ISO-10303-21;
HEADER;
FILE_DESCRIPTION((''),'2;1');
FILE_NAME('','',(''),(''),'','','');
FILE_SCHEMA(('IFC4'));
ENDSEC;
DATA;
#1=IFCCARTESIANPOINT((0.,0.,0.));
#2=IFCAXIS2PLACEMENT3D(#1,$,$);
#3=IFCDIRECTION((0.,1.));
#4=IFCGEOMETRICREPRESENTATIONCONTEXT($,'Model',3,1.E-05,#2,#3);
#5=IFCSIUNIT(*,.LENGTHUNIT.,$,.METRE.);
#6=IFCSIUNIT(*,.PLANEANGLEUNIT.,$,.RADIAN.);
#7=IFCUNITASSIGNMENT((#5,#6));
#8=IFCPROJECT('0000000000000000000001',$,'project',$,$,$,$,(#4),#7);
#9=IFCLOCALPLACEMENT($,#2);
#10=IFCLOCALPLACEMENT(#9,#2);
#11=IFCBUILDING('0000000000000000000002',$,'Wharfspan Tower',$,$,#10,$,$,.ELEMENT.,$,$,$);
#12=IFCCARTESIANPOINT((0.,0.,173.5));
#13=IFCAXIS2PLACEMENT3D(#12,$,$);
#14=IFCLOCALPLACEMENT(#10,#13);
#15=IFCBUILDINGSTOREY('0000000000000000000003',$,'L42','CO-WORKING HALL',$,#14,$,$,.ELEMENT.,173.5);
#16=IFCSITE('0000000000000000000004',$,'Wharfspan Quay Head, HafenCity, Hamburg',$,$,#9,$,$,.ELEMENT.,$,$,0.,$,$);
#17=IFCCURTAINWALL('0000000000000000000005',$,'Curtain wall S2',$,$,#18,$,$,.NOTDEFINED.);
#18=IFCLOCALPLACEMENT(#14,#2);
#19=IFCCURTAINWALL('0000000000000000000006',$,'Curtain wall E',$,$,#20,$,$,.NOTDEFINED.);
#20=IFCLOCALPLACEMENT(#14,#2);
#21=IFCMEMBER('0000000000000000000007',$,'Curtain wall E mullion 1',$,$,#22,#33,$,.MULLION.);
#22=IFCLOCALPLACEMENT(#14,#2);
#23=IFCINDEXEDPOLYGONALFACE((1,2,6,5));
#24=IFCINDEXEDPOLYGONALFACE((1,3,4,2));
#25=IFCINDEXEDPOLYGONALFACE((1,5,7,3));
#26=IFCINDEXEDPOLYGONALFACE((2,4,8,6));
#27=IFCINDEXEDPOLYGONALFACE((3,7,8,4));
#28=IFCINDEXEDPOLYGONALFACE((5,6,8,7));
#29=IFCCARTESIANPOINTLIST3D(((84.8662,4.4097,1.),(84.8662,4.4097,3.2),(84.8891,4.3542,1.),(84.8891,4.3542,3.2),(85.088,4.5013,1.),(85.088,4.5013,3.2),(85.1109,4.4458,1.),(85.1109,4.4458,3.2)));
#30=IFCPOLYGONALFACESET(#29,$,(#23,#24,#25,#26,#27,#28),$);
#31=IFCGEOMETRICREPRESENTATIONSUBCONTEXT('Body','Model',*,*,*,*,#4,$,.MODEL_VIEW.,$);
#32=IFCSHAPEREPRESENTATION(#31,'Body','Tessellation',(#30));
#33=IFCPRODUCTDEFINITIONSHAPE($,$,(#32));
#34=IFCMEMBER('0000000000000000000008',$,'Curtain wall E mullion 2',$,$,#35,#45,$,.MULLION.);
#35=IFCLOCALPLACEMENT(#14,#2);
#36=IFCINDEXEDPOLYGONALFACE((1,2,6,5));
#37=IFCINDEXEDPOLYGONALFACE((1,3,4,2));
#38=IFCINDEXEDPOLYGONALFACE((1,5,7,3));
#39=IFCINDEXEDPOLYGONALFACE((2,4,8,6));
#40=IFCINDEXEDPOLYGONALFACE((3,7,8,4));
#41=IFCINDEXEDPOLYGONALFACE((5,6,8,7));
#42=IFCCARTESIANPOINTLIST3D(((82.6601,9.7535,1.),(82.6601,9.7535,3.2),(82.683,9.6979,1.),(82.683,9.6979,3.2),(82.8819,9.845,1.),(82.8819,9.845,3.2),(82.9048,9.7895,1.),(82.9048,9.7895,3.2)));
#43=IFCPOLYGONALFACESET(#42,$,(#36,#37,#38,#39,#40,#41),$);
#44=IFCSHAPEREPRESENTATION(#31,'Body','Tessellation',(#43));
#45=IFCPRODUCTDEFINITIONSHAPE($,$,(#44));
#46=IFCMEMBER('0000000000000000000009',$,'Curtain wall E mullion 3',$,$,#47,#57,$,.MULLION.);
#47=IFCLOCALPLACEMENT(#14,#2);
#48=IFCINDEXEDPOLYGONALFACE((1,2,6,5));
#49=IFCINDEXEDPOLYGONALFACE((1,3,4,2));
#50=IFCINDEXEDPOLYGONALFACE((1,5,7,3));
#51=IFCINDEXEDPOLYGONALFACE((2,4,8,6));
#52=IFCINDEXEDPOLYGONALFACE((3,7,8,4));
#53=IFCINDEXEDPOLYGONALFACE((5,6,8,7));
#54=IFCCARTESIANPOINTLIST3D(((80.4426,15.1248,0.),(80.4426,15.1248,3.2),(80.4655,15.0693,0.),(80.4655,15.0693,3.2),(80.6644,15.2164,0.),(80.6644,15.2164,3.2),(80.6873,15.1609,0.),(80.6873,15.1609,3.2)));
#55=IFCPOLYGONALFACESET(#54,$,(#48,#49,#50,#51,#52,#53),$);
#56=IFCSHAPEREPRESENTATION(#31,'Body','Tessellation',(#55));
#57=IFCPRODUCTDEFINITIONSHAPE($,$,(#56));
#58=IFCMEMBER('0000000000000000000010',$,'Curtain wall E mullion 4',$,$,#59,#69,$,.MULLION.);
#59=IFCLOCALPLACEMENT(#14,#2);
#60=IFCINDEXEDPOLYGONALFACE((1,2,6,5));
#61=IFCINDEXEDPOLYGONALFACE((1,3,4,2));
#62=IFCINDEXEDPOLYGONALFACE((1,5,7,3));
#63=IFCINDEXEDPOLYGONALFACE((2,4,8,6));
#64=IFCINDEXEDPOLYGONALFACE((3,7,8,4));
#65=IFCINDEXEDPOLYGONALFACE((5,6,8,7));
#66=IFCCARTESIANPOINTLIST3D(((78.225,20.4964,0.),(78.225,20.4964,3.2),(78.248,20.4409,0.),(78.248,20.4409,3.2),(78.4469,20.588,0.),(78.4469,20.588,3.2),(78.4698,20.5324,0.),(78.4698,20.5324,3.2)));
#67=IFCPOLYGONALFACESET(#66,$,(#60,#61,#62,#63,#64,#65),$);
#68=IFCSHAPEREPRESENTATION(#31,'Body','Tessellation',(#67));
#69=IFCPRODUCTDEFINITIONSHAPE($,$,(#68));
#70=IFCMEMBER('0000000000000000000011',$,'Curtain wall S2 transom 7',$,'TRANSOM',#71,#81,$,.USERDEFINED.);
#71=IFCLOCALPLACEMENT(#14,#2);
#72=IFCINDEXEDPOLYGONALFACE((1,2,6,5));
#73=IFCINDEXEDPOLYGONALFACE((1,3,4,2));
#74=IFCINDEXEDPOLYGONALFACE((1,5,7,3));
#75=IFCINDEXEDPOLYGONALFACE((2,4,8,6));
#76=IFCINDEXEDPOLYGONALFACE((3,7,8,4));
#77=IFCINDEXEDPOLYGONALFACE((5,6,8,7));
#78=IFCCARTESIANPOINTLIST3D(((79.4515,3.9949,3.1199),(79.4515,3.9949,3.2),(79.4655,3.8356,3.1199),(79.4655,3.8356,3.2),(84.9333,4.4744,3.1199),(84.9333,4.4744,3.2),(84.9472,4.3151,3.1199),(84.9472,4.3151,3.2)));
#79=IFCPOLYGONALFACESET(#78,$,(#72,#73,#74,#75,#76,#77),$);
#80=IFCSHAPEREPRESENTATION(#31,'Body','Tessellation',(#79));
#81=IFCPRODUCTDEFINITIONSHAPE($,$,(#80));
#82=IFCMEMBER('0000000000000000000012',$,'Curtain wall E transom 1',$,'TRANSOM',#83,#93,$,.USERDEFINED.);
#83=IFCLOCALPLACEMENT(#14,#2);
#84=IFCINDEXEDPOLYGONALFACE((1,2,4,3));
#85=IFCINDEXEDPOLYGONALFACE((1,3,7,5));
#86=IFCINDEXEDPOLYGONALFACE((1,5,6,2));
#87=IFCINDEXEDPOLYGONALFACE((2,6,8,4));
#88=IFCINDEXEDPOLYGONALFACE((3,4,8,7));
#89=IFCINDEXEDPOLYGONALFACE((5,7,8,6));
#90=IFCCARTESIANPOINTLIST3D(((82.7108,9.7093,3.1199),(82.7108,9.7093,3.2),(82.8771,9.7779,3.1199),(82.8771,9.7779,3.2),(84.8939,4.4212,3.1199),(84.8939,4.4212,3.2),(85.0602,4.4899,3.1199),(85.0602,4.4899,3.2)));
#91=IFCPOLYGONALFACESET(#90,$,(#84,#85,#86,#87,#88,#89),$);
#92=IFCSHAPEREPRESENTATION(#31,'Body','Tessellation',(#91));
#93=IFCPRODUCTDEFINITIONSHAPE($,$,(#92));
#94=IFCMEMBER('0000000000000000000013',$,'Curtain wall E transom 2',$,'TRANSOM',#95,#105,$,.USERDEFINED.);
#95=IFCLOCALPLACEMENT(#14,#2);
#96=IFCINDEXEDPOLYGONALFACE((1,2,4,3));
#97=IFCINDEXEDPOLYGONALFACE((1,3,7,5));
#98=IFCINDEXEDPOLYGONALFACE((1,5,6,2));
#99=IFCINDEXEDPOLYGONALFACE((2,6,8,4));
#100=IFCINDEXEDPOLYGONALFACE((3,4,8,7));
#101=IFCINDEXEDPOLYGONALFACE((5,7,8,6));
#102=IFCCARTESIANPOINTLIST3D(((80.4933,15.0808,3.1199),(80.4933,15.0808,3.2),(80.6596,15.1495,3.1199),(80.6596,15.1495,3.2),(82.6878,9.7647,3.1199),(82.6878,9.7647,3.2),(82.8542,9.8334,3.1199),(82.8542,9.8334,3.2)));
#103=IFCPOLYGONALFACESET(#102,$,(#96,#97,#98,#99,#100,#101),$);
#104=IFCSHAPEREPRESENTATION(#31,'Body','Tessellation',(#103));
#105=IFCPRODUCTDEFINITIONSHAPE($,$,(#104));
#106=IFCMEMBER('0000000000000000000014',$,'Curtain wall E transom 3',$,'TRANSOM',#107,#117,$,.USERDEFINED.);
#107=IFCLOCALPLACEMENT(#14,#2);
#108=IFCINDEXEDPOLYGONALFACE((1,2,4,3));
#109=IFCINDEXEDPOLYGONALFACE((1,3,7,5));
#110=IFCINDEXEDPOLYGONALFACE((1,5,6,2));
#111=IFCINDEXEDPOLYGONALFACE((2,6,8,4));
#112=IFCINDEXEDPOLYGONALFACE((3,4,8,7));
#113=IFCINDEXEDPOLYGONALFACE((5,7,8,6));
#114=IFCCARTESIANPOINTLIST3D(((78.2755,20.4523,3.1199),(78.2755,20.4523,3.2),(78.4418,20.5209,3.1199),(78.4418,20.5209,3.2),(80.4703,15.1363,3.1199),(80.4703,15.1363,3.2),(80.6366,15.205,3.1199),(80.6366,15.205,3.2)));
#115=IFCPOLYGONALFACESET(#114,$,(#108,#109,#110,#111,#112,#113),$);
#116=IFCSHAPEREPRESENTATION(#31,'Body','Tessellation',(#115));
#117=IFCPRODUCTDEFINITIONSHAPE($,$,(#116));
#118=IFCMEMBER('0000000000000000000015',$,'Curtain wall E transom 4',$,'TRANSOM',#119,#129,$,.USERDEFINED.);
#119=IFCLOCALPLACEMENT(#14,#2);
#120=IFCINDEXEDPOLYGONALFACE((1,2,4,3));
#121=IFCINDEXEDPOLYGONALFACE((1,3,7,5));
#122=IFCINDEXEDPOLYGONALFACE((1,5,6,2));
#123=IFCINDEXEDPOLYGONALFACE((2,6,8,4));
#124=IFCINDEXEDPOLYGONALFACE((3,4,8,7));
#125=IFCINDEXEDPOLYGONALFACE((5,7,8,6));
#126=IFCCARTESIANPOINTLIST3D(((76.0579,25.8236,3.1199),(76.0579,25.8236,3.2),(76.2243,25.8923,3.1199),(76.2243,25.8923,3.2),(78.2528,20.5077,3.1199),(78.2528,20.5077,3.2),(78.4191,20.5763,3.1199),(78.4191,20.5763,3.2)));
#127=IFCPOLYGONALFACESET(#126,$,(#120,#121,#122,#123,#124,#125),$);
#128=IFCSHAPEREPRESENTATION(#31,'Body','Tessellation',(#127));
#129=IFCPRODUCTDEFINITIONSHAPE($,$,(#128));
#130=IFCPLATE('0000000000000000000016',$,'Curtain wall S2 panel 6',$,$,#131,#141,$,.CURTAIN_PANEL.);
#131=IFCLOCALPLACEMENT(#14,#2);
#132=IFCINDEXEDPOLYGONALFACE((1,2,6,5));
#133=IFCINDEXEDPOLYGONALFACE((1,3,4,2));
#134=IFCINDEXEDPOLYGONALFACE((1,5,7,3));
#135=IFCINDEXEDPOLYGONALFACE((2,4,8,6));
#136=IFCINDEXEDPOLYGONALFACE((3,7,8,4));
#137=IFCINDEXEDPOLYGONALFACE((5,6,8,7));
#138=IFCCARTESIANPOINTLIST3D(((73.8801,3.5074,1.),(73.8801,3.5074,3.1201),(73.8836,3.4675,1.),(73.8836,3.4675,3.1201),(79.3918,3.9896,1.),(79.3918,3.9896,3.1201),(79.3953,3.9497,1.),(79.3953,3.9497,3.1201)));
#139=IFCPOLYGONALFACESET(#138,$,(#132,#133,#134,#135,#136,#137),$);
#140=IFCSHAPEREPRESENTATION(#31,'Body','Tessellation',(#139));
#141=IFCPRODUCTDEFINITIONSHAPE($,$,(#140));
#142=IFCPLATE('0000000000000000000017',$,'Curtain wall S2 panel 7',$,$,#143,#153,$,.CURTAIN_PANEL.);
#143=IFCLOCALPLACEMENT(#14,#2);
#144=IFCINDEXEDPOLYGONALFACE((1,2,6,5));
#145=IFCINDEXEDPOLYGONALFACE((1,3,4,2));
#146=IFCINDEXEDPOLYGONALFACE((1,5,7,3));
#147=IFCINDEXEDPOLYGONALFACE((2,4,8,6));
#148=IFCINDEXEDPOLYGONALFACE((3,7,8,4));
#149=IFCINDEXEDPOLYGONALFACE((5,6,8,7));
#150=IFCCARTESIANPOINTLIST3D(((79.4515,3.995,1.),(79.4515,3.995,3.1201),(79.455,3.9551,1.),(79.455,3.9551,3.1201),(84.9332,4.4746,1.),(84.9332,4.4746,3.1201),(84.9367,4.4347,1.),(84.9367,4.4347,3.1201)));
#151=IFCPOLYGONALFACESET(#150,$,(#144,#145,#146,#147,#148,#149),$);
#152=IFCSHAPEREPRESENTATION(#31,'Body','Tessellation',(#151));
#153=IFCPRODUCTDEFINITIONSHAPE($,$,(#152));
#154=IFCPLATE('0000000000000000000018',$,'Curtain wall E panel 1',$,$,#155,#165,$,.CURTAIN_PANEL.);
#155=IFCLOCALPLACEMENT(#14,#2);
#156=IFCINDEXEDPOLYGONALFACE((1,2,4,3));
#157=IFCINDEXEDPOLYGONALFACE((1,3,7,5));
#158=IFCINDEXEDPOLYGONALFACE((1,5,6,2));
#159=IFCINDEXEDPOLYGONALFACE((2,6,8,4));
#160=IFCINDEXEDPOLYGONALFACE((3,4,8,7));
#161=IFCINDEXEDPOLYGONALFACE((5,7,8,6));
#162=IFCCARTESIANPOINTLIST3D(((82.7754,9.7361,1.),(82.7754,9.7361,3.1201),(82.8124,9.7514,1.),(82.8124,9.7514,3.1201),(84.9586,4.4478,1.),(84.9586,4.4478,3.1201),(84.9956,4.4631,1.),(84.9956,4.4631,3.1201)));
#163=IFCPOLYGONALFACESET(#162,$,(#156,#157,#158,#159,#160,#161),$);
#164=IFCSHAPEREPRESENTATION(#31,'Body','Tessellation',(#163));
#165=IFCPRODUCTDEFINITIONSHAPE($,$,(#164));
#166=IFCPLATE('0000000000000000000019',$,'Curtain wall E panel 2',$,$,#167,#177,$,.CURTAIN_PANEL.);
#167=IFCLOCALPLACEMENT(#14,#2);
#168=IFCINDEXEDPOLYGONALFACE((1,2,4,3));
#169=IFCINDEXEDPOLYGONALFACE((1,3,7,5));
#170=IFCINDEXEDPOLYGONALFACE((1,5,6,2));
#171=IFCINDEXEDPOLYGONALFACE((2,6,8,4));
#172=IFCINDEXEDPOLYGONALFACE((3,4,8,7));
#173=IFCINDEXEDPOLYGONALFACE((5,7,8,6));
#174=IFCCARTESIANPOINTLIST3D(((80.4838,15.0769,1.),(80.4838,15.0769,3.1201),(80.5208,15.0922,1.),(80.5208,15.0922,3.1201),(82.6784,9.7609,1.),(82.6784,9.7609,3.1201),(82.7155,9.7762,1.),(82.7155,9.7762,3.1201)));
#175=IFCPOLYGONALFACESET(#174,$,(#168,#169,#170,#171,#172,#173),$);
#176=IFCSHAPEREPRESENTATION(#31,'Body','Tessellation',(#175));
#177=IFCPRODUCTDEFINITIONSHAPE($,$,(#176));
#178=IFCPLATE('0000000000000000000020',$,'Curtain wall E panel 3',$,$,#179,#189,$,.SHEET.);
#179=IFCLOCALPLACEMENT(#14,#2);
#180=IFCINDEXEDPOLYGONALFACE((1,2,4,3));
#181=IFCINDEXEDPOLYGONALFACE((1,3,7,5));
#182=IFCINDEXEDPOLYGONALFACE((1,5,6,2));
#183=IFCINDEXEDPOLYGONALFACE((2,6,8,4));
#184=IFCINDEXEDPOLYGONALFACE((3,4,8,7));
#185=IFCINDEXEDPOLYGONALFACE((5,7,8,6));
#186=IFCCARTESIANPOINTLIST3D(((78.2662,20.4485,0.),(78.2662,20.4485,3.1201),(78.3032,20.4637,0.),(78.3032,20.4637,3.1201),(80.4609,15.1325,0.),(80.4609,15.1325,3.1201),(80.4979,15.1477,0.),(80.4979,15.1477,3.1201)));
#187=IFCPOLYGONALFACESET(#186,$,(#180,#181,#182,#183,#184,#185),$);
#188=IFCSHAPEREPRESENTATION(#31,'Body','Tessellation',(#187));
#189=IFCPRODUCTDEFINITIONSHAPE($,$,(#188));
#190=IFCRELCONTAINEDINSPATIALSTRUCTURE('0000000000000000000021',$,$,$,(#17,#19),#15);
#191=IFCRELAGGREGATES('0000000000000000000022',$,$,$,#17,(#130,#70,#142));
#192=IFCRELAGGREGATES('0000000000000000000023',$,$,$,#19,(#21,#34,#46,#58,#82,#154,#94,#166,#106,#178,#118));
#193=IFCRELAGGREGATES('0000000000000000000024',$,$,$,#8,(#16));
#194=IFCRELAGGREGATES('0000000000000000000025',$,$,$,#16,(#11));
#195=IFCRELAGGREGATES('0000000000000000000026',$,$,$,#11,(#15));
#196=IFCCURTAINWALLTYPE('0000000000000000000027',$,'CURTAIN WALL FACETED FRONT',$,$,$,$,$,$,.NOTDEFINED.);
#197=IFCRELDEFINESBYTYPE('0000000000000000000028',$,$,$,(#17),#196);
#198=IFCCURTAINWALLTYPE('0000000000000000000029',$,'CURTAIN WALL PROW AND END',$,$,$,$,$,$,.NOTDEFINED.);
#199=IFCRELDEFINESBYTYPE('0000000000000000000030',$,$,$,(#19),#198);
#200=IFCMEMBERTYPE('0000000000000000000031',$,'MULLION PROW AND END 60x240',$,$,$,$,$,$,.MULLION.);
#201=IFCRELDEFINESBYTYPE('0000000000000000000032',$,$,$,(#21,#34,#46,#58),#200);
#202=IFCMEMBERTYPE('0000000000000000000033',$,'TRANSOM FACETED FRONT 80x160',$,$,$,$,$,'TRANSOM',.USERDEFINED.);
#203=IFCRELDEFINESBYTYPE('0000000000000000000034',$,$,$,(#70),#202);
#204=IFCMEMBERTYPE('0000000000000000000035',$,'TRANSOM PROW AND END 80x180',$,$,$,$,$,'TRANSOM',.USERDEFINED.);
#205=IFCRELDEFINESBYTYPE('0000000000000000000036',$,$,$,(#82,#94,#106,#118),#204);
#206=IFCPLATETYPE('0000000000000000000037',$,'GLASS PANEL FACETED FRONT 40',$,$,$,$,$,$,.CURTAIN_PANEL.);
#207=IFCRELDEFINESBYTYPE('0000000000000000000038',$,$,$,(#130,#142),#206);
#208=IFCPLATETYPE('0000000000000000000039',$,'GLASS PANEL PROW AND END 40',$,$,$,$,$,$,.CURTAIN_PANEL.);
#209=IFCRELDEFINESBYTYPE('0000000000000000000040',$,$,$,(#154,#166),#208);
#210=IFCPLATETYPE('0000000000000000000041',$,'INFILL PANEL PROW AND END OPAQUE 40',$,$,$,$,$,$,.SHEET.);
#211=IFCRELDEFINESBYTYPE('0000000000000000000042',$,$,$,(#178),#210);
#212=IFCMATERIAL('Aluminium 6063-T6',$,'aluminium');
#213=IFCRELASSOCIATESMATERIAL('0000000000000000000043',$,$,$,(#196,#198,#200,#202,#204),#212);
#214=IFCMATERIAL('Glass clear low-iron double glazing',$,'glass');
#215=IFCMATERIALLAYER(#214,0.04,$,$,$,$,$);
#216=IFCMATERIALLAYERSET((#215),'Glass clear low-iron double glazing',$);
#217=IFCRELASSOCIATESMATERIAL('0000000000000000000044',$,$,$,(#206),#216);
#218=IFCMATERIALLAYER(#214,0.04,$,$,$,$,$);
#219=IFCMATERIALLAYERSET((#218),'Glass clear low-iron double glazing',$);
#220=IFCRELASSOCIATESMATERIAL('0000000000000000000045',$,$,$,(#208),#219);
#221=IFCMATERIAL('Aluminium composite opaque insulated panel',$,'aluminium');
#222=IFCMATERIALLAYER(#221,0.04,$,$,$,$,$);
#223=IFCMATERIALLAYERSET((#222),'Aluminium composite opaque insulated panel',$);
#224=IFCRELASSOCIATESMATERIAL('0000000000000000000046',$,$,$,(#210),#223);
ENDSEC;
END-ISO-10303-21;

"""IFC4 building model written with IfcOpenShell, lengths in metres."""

from ifc_helpers import new_model, si_unit, direction, frame, origin, origin_2d, place, context, subcontext, project, spatial, rectangle, extrude, material, layer, layer_set, material_profile, profile_set, type_object, element, aggregate, save


model = new_model("IFC4")

# Units and contexts
model_context = context("Model", 3, precision=1e-05, world=origin(), true_north=direction((0.0, 1.0)))
body_context = subcontext(model_context, "Body", "Model", "MODEL_VIEW")
ifc_project = project(units=[si_unit("LENGTHUNIT", "METRE"), si_unit("PLANEANGLEUNIT", "RADIAN")], contexts=[model_context])

# Site, building, storey
site_placement = place(None, origin())
site = spatial("IfcSite", under=ifc_project, at=site_placement, Name="Wharfspan Quay Head, HafenCity, Hamburg", CompositionType="ELEMENT", RefElevation=0.0)
building_placement = place(site_placement, origin())
building = spatial("IfcBuilding", under=site, at=building_placement, Name="Wharfspan Tower", CompositionType="ELEMENT")
storey_placement = place(building_placement, frame((0.0, 0.0, 173.5)))
storey = spatial("IfcBuildingStorey", under=building, at=storey_placement, Name="L42", Description="CO-WORKING HALL", CompositionType="ELEMENT", Elevation=173.5)

# Curtain walls, members
ifc_material_1 = material(Name="Aluminium 6063-T6", Category="aluminium")
curtain_wall_type_1 = type_object("IfcCurtainWallType", Name="CURTAIN WALL FACETED FRONT", PredefinedType="NOTDEFINED", material=ifc_material_1)
curtain_wall_1_placement = place(storey_placement, origin())
curtain_wall_1 = element("IfcCurtainWall", 1, at=curtain_wall_1_placement, inside=storey, type_object=curtain_wall_type_1, Name="Curtain wall S2", PredefinedType="NOTDEFINED")
curtain_wall_type_2 = type_object("IfcCurtainWallType", Name="CURTAIN WALL PROW AND END", PredefinedType="NOTDEFINED", material=ifc_material_1)
curtain_wall_2_placement = place(storey_placement, origin())
curtain_wall_2 = element("IfcCurtainWall", 2, at=curtain_wall_2_placement, inside=storey, type_object=curtain_wall_type_2, Name="Curtain wall E", PredefinedType="NOTDEFINED")
ifc_material_profile_1 = material_profile(ifc_material_1, rectangle(XDim=0.24, YDim=0.0601, at=origin_2d()))
ifc_profile_set_1 = profile_set([ifc_material_profile_1], Name="Aluminium 6063-T6")
member_type_1 = type_object("IfcMemberType", Name="MULLION PROW AND END 60x240", PredefinedType="MULLION", material=ifc_profile_set_1)
member_1_placement = place(storey_placement, frame((84.9885, 4.4277, 1.0), z_axis=(0.0, 0.0, 1.0), x_axis=(-0.924325, -0.381602, 0.0)))
member_1 = element("IfcMember", 3, at=member_1_placement, type_object=member_type_1, Name="Curtain wall E mullion 1", PredefinedType="MULLION", context=body_context, shape_type="SweptSolid", body=[
    extrude(rectangle(XDim=0.24, YDim=0.0601, at=origin_2d()), origin(), (0.0, 0.0, 1.0), 2.2),
])
member_2_placement = place(storey_placement, frame((82.7825, 9.7715, 1.0), z_axis=(0.0, 0.0, 1.0), x_axis=(-0.924325, -0.381602, 0.0)))
member_2 = element("IfcMember", 4, at=member_2_placement, type_object=member_type_1, Name="Curtain wall E mullion 2", PredefinedType="MULLION", context=body_context, shape_type="SweptSolid", body=[
    extrude(rectangle(XDim=0.24, YDim=0.0601, at=origin_2d()), origin(), (0.0, 0.0, 1.0), 2.2),
])
member_3_placement = place(storey_placement, frame((80.5649, 15.1428, 0.0), z_axis=(0.0, 0.0, 1.0), x_axis=(-0.924325, -0.381602, 0.0)))
member_3 = element("IfcMember", 5, at=member_3_placement, type_object=member_type_1, Name="Curtain wall E mullion 3", PredefinedType="MULLION", context=body_context, shape_type="SweptSolid", body=[
    extrude(rectangle(XDim=0.24, YDim=0.0601, at=origin_2d()), origin(), (0.0, 0.0, 1.0), 3.2),
])
member_4_placement = place(storey_placement, frame((78.3474, 20.5144, 0.0), z_axis=(0.0, 0.0, 1.0), x_axis=(-0.924325, -0.381602, 0.0)))
member_4 = element("IfcMember", 6, at=member_4_placement, type_object=member_type_1, Name="Curtain wall E mullion 4", PredefinedType="MULLION", context=body_context, shape_type="SweptSolid", body=[
    extrude(rectangle(XDim=0.24, YDim=0.0601, at=origin_2d()), origin(), (0.0, 0.0, 1.0), 3.2),
])

# Members
ifc_material_profile_2 = material_profile(ifc_material_1, rectangle(XDim=0.1599, YDim=0.0801, at=origin_2d()))
ifc_profile_set_2 = profile_set([ifc_material_profile_2], Name="Aluminium 6063-T6")
member_type_2 = type_object("IfcMemberType", Name="TRANSOM FACETED FRONT 80x160", ElementType="TRANSOM", PredefinedType="USERDEFINED", material=ifc_profile_set_2)
member_5_placement = place(storey_placement, frame((79.4585, 3.9153, 3.1599), z_axis=(0.996196, 0.087139, 0.0), x_axis=(-0.087139, 0.996196, 0.0)))
member_5 = element("IfcMember", 7, at=member_5_placement, type_object=member_type_2, Name="Curtain wall S2 transom 7", ObjectType="TRANSOM", PredefinedType="USERDEFINED", context=body_context, shape_type="SweptSolid", body=[
    extrude(rectangle(XDim=0.1599, YDim=0.0801, at=origin_2d()), origin(), (0.0, 0.0, 1.0), 5.5027),
])
ifc_material_profile_3 = material_profile(ifc_material_1, rectangle(XDim=0.1799, YDim=0.0801, at=origin_2d()))
ifc_profile_set_3 = profile_set([ifc_material_profile_3], Name="Aluminium 6063-T6")
member_type_3 = type_object("IfcMemberType", Name="TRANSOM PROW AND END 80x180", ElementType="TRANSOM", PredefinedType="USERDEFINED", material=ifc_profile_set_3)
member_6_placement = place(storey_placement, frame((84.9771, 4.4556, 3.1599), z_axis=(-0.381595, 0.924329, 0.0), x_axis=(-0.924329, -0.381595, 0.0)))
member_6 = element("IfcMember", 8, at=member_6_placement, type_object=member_type_3, Name="Curtain wall E transom 1", ObjectType="TRANSOM", PredefinedType="USERDEFINED", context=body_context, shape_type="SweptSolid", body=[
    extrude(rectangle(XDim=0.1799, YDim=0.0801, at=origin_2d()), origin(), (0.0, 0.0, 1.0), 5.7209),
])
member_7_placement = place(storey_placement, frame((82.771, 9.7991, 3.1599), z_axis=(-0.381578, 0.924337, 0.0), x_axis=(-0.924337, -0.381578, 0.0)))
member_7 = element("IfcMember", 9, at=member_7_placement, type_object=member_type_3, Name="Curtain wall E transom 2", ObjectType="TRANSOM", PredefinedType="USERDEFINED", context=body_context, shape_type="SweptSolid", body=[
    extrude(rectangle(XDim=0.1799, YDim=0.0801, at=origin_2d()), origin(), (0.0, 0.0, 1.0), 5.7512),
])
member_8_placement = place(storey_placement, frame((80.5535, 15.1707, 3.1599), z_axis=(-0.381629, 0.924315, 0.0), x_axis=(-0.924315, -0.381629, 0.0)))
member_8 = element("IfcMember", 10, at=member_8_placement, type_object=member_type_3, Name="Curtain wall E transom 3", ObjectType="TRANSOM", PredefinedType="USERDEFINED", context=body_context, shape_type="SweptSolid", body=[
    extrude(rectangle(XDim=0.1799, YDim=0.0801, at=origin_2d()), origin(), (0.0, 0.0, 1.0), 5.7512),
])
member_9_placement = place(storey_placement, frame((78.3359, 20.542, 3.1599), z_axis=(-0.381629, 0.924315, 0.0), x_axis=(-0.924315, -0.381629, 0.0)))
member_9 = element("IfcMember", 11, at=member_9_placement, type_object=member_type_3, Name="Curtain wall E transom 4", ObjectType="TRANSOM", PredefinedType="USERDEFINED", context=body_context, shape_type="SweptSolid", body=[
    extrude(rectangle(XDim=0.1799, YDim=0.0801, at=origin_2d()), origin(), (0.0, 0.0, 1.0), 5.7512),
])

# Plates
ifc_material_2 = material(Name="Glass clear low-iron double glazing", Category="glass")
ifc_layer_1 = layer(ifc_material_2, 0.04)
ifc_layer_set_1 = layer_set([ifc_layer_1], Name="Glass clear low-iron double glazing")
plate_type_1 = type_object("IfcPlateType", Name="GLASS PANEL FACETED FRONT 40", PredefinedType="CURTAIN_PANEL", material=ifc_layer_set_1)
plate_1_placement = place(storey_placement, frame((76.6377, 3.7285, 1.0), z_axis=(0.0, 0.0, 1.0), x_axis=(0.996198, 0.087156, 0.0)))
plate_1 = element("IfcPlate", 12, at=plate_1_placement, type_object=plate_type_1, Name="Curtain wall S2 panel 6", PredefinedType="CURTAIN_PANEL", context=body_context, shape_type="SweptSolid", body=[
    extrude(rectangle(XDim=5.5327, YDim=0.04, at=origin_2d()), origin(), (0.0, 0.0, 1.0), 2.1201),
])
plate_2_placement = place(storey_placement, frame((82.1941, 4.2148, 1.0), z_axis=(0.0, 0.0, 1.0), x_axis=(0.996198, 0.087156, 0.0)))
plate_2 = element("IfcPlate", 13, at=plate_2_placement, type_object=plate_type_1, Name="Curtain wall S2 panel 7", PredefinedType="CURTAIN_PANEL", context=body_context, shape_type="SweptSolid", body=[
    extrude(rectangle(XDim=5.5027, YDim=0.04, at=origin_2d()), origin(), (0.0, 0.0, 1.0), 2.1201),
])
aggregate(curtain_wall_1, [plate_1, member_5, plate_2])
ifc_layer_2 = layer(ifc_material_2, 0.04)
ifc_layer_set_2 = layer_set([ifc_layer_2], Name="Glass clear low-iron double glazing")
plate_type_2 = type_object("IfcPlateType", Name="GLASS PANEL PROW AND END 40", PredefinedType="CURTAIN_PANEL", material=ifc_layer_set_2)
plate_3_placement = place(storey_placement, frame((83.8855, 7.0996, 1.0), z_axis=(0.0, 0.0, 1.0), x_axis=(-0.381602, 0.924325, 0.0)))
plate_3 = element("IfcPlate", 14, at=plate_3_placement, type_object=plate_type_2, Name="Curtain wall E panel 1", PredefinedType="CURTAIN_PANEL", context=body_context, shape_type="SweptSolid", body=[
    extrude(rectangle(XDim=5.7212, YDim=0.04, at=origin_2d()), origin(), (0.0, 0.0, 1.0), 2.1201),
])
plate_4_placement = place(storey_placement, frame((81.5996, 12.4265, 1.0), z_axis=(0.0, 0.0, 1.0), x_axis=(-0.381602, 0.924325, 0.0)))
plate_4 = element("IfcPlate", 15, at=plate_4_placement, type_object=plate_type_2, Name="Curtain wall E panel 2", PredefinedType="CURTAIN_PANEL", context=body_context, shape_type="SweptSolid", body=[
    extrude(rectangle(XDim=5.7512, YDim=0.04, at=origin_2d()), origin(), (0.0, 0.0, 1.0), 2.1201),
])
ifc_material_3 = material(Name="Aluminium composite opaque insulated panel", Category="aluminium")
ifc_layer_3 = layer(ifc_material_3, 0.04)
ifc_layer_set_3 = layer_set([ifc_layer_3], Name="Aluminium composite opaque insulated panel")
plate_type_3 = type_object("IfcPlateType", Name="INFILL PANEL PROW AND END OPAQUE 40", PredefinedType="SHEET", material=ifc_layer_set_3)
plate_5_placement = place(storey_placement, frame((79.3821, 17.7981, 0.0), z_axis=(0.0, 0.0, 1.0), x_axis=(-0.381602, 0.924325, 0.0)))
plate_5 = element("IfcPlate", 16, at=plate_5_placement, type_object=plate_type_3, Name="Curtain wall E panel 3", PredefinedType="SHEET", context=body_context, shape_type="SweptSolid", body=[
    extrude(rectangle(XDim=5.7512, YDim=0.04, at=origin_2d()), origin(), (0.0, 0.0, 1.0), 3.1201),
])
aggregate(curtain_wall_2, [member_1, member_2, member_3, member_4, member_6, plate_3, member_7, plate_4, member_8, plate_5, member_9])

save(model, "model.ifc")
